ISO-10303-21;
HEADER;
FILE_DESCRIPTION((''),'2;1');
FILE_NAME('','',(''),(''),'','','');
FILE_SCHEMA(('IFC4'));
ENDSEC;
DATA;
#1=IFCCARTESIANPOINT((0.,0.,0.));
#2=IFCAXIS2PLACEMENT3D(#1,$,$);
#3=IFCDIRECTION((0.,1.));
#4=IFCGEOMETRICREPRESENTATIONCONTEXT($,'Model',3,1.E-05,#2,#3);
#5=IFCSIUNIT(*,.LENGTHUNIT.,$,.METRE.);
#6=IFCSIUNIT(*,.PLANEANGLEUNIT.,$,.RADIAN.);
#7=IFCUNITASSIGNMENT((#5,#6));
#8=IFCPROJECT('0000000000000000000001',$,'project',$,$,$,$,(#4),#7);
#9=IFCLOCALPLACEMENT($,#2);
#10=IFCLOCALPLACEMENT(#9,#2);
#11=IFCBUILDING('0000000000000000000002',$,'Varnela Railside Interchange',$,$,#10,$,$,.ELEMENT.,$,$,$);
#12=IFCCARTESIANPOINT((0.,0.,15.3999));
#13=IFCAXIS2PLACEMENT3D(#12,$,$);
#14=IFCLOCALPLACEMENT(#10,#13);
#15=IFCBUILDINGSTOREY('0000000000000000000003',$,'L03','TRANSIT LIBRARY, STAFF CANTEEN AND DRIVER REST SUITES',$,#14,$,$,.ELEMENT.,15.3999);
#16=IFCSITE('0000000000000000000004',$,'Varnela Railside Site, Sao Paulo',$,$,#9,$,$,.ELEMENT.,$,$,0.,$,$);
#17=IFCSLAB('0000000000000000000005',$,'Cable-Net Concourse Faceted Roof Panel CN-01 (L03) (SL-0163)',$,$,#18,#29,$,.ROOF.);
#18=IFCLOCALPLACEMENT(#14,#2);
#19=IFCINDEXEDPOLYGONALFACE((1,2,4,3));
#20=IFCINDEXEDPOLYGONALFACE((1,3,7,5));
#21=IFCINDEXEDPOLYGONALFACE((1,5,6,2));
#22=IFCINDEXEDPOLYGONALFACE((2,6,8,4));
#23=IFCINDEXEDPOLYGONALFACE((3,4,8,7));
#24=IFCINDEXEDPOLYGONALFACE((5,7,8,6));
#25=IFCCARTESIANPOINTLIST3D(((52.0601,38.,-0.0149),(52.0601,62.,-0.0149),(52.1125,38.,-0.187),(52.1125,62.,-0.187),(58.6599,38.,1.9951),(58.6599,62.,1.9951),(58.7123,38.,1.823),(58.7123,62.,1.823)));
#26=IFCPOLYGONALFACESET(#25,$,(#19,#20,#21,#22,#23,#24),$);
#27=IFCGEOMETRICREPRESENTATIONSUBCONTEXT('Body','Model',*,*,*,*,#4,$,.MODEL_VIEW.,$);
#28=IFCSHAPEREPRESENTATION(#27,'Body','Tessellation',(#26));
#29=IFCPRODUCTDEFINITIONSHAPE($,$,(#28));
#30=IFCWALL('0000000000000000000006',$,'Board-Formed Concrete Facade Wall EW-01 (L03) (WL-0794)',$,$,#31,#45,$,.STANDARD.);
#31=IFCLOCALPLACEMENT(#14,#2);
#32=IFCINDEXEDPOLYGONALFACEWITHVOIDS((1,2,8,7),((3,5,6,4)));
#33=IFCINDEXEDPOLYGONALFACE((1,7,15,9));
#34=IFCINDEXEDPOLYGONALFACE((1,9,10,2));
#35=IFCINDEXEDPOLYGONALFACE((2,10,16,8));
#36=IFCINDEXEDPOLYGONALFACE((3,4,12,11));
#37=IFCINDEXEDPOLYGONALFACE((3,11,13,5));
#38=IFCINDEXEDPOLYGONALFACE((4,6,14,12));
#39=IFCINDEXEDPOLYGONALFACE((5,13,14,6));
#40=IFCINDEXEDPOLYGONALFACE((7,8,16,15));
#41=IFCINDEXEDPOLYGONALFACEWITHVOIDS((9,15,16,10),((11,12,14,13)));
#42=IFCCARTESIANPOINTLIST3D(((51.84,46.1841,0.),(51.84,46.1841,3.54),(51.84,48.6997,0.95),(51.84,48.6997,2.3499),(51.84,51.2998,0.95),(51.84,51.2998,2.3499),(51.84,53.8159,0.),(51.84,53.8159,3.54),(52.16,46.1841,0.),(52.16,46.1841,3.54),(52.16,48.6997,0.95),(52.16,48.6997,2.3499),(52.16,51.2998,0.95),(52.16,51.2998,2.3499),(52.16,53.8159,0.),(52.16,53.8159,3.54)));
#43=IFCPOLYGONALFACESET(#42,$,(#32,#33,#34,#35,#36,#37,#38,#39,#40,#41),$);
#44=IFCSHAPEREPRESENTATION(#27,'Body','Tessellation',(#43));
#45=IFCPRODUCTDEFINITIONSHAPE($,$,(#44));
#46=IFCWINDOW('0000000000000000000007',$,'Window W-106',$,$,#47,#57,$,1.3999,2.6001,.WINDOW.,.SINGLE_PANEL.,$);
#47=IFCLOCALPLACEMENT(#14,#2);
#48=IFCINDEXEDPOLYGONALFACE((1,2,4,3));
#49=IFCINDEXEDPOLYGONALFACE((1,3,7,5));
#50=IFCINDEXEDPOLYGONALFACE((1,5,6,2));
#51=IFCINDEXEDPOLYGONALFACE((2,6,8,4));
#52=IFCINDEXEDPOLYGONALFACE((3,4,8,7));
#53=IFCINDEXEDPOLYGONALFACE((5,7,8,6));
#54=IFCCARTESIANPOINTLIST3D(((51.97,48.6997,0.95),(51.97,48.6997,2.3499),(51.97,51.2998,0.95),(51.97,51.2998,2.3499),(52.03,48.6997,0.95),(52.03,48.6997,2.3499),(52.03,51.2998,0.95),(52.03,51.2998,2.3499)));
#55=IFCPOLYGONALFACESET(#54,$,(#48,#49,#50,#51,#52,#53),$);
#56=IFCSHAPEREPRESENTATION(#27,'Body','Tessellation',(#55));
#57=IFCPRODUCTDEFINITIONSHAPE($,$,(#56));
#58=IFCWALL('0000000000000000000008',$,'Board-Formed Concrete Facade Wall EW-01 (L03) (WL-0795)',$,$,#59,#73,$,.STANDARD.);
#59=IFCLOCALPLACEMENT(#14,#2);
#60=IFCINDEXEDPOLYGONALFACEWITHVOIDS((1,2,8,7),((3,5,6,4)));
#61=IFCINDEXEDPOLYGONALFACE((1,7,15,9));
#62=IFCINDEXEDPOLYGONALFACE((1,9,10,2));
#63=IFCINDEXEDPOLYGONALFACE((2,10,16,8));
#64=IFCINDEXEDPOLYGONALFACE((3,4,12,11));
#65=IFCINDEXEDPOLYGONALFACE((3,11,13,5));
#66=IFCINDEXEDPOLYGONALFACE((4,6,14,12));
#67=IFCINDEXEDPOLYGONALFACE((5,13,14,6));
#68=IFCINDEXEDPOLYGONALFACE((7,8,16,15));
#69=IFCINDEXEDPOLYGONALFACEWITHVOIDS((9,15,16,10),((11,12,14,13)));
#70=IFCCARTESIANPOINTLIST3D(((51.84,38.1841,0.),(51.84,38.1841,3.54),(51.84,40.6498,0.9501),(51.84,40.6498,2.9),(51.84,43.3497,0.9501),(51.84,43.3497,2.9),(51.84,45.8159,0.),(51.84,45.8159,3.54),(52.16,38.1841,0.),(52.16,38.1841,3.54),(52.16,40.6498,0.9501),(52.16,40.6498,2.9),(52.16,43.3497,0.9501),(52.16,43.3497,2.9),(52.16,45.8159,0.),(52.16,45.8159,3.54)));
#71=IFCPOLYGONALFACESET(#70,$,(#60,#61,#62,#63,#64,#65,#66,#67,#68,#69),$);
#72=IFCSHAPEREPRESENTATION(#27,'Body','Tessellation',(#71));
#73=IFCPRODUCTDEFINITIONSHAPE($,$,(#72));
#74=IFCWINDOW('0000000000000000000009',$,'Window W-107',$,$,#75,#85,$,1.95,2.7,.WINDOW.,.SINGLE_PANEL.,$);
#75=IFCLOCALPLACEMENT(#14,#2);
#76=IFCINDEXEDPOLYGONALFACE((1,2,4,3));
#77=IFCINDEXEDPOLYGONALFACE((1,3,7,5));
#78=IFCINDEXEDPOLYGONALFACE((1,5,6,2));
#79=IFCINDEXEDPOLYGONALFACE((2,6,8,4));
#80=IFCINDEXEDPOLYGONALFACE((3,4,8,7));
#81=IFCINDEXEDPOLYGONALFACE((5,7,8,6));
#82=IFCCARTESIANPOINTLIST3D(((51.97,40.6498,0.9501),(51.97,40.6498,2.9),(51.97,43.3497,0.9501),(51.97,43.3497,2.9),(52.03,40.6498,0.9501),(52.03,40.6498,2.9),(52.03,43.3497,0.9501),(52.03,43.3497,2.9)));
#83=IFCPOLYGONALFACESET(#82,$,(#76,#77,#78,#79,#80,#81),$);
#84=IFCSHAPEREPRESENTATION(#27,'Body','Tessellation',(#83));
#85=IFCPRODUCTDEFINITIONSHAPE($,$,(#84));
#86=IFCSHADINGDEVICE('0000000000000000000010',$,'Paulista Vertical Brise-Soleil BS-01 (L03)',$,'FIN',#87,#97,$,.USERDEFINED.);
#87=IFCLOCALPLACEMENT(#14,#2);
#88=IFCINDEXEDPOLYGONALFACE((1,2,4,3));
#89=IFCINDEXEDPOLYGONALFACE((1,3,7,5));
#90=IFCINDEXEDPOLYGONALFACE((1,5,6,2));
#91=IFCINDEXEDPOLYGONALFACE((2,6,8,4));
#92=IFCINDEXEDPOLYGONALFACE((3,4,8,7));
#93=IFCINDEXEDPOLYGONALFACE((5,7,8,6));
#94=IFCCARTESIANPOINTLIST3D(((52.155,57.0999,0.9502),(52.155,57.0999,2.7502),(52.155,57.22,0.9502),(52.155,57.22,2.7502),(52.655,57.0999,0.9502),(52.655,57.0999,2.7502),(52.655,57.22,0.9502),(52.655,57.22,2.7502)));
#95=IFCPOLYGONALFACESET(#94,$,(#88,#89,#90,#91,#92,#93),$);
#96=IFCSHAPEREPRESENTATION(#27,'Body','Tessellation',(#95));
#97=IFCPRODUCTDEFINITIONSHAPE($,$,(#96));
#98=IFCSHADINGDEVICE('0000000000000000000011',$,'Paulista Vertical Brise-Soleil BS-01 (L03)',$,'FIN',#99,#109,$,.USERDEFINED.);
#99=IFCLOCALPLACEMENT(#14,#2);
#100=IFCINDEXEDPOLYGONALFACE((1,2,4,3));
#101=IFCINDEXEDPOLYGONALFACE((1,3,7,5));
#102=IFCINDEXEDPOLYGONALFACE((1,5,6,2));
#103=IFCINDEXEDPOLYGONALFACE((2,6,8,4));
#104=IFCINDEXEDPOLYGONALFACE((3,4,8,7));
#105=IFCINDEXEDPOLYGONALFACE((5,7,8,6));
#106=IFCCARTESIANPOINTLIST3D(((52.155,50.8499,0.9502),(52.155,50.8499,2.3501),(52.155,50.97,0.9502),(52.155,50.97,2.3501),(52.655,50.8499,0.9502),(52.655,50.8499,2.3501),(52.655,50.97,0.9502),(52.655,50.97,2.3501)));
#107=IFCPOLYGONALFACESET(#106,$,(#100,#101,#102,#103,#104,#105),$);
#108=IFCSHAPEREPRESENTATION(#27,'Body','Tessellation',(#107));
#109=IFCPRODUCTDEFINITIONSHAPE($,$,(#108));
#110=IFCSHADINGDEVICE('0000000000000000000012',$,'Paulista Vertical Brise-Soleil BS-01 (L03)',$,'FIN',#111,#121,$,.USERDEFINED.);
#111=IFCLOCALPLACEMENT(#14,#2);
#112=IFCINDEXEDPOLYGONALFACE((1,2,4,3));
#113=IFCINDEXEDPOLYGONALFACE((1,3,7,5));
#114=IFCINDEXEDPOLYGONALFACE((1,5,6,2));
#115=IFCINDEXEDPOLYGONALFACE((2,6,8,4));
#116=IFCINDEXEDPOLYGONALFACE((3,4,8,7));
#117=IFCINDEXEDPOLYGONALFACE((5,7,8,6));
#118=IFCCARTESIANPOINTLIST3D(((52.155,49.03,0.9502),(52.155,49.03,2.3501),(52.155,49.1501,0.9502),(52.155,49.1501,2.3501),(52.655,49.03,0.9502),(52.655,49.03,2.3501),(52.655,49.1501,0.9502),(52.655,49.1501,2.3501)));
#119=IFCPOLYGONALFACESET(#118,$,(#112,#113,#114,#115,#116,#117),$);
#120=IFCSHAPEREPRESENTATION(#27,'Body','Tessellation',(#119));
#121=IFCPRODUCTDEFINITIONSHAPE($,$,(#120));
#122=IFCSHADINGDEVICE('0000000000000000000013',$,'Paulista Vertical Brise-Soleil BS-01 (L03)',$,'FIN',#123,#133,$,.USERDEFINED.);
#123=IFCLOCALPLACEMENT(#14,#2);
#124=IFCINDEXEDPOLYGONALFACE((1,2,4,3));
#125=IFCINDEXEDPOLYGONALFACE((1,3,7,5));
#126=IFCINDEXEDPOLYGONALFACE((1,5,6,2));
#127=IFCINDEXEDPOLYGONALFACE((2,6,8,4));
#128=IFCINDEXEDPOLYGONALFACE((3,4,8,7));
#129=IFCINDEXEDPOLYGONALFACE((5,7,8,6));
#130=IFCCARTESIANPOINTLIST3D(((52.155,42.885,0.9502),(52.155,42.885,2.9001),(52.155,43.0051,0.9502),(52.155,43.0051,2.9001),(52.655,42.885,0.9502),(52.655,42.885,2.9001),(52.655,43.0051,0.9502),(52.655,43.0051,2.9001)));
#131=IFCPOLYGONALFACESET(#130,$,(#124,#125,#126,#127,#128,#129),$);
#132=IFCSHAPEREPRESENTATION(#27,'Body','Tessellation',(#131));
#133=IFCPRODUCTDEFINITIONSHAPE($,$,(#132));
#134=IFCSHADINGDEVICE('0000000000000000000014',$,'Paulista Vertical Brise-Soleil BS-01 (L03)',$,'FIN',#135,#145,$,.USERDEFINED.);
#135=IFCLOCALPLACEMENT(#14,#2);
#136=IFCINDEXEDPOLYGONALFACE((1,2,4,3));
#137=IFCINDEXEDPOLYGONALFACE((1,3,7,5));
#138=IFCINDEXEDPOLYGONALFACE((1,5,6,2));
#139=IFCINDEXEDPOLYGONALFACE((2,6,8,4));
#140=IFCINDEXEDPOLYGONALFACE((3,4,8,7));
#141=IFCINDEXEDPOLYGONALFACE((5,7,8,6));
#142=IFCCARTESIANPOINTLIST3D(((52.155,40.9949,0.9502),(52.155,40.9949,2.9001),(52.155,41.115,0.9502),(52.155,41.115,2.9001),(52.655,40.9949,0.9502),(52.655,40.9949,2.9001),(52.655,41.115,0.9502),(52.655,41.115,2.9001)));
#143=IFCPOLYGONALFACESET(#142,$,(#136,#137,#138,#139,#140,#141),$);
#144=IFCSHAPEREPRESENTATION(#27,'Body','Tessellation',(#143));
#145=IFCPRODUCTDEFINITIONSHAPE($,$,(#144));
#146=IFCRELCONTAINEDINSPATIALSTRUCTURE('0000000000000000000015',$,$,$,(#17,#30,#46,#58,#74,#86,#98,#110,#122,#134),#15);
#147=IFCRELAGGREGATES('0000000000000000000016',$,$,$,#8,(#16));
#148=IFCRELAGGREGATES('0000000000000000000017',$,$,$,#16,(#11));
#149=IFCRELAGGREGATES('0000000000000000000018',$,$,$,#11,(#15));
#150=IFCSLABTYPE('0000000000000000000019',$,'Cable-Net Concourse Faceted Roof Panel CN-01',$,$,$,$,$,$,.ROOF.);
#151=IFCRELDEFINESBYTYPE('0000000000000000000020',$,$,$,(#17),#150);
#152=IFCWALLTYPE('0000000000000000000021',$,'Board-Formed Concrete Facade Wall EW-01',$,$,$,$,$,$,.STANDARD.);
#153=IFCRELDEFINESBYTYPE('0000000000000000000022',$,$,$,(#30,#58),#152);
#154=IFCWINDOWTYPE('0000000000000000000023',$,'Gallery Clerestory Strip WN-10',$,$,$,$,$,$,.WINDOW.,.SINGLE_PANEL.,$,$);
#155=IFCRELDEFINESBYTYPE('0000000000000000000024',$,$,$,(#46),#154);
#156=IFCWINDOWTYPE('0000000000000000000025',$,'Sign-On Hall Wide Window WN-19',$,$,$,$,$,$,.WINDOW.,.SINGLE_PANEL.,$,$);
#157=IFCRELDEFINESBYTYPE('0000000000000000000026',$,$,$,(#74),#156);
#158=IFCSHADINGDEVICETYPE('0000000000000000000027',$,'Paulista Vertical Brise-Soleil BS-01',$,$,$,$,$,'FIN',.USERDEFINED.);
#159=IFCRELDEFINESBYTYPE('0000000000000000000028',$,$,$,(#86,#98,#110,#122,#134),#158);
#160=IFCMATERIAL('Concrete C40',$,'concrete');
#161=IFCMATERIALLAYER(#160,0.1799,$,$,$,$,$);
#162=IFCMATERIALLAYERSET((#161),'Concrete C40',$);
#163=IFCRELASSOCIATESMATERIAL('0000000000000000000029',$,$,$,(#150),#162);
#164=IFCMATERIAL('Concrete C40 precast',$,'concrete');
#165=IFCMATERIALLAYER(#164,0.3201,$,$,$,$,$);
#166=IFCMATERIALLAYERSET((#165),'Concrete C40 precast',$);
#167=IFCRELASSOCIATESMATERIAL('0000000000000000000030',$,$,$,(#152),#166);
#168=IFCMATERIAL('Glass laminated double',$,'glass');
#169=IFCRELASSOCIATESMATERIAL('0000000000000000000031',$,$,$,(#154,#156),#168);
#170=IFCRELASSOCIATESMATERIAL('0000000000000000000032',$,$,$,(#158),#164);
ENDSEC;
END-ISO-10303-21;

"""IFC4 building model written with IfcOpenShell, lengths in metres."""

from ifc_helpers import new_model, si_unit, direction, frame, frame_2d, origin, origin_2d, place, context, subcontext, project, spatial, polyline, rectangle, outline, extrude, material, layer, layer_set, type_object, element, fill, save


model = new_model("IFC4")

# Units and contexts
model_context = context("Model", 3, precision=1e-05, world=origin(), true_north=direction((0.0, 1.0)))
body_context = subcontext(model_context, "Body", "Model", "MODEL_VIEW")
ifc_project = project(units=[si_unit("LENGTHUNIT", "METRE"), si_unit("PLANEANGLEUNIT", "RADIAN")], contexts=[model_context])

# Site, building, storey
site_placement = place(None, origin())
site = spatial("IfcSite", under=ifc_project, at=site_placement, Name="Varnela Railside Site, Sao Paulo", CompositionType="ELEMENT", RefElevation=0.0)
building_placement = place(site_placement, origin())
building = spatial("IfcBuilding", under=site, at=building_placement, Name="Varnela Railside Interchange", CompositionType="ELEMENT")
storey_placement = place(building_placement, frame((0.0, 0.0, 15.3999)))
storey = spatial("IfcBuildingStorey", under=building, at=storey_placement, Name="L03", Description="TRANSIT LIBRARY, STAFF CANTEEN AND DRIVER REST SUITES", CompositionType="ELEMENT", Elevation=15.3999)

# Shared definitions
ifc_material_1 = material(Name="Concrete C40", Category="concrete")

# Slab
ifc_layer_1 = layer(ifc_material_1, 0.1799)
ifc_layer_set_1 = layer_set([ifc_layer_1], Name="Concrete C40")
slab_type = type_object("IfcSlabType", Name="Cable-Net Concourse Faceted Roof Panel CN-01", PredefinedType="ROOF", material=ifc_layer_set_1)
slab_placement = place(storey_placement, frame((52.0601, 38.0, -0.0149), z_axis=(-0.291342, 0.0, 0.956619), x_axis=(0.956619, 0.0, 0.291342)))
element("IfcSlab", 1, at=slab_placement, inside=storey, type_object=slab_type, Name="Cable-Net Concourse Faceted Roof Panel CN-01 (L03) (SL-0163)", PredefinedType="ROOF", context=body_context, shape_type="SweptSolid", body=[
    extrude(outline(polyline([(0.0, 0.0), (6.8991, 0.0), (6.8991, 24.0), (0.0, 24.0), (0.0, 0.0)])), origin(), (0.0, 0.0, -1.0), 0.1799),
])

# Walls, openings, windows
ifc_material_2 = material(Name="Concrete C40 precast", Category="concrete")
ifc_layer_2 = layer(ifc_material_2, 0.3201)
ifc_layer_set_2 = layer_set([ifc_layer_2], Name="Concrete C40 precast")
wall_type = type_object("IfcWallType", Name="Board-Formed Concrete Facade Wall EW-01", PredefinedType="STANDARD", material=ifc_layer_set_2)
wall_1_placement = place(storey_placement, frame((52.0, 53.8159, 0.0), z_axis=(0.0, 0.0, 1.0), x_axis=(0.0, -1.0, 0.0)))
wall_1 = element("IfcWall", 2, at=wall_1_placement, inside=storey, type_object=wall_type, Name="Board-Formed Concrete Facade Wall EW-01 (L03) (WL-0794)", PredefinedType="STANDARD", context=body_context, shape_type="SweptSolid", body=[
    extrude(rectangle(XDim=7.6318, YDim=0.3201, at=frame_2d((3.8159, 0.0))), origin(), (0.0, 0.0, 1.0), 3.54),
])
opening_1_placement = place(wall_1_placement, frame((2.5161, 0.0, 0.95)))
opening_1 = element("IfcOpeningElement", 3, at=opening_1_placement, cuts=wall_1, PredefinedType="OPENING", context=body_context, shape_type="SweptSolid", body=[
    extrude(rectangle(XDim=2.6001, YDim=1.3999, at=frame_2d((1.3, 0.7))), frame((0.0, 0.1699, 0.0), z_axis=(0.0, -1.0, 0.0), x_axis=(1.0, 0.0, 0.0)), (0.0, 0.0, 1.0), 0.3401),
])
ifc_material_3 = material(Name="Glass laminated double", Category="glass")
window_type_1 = type_object("IfcWindowType", Name="Gallery Clerestory Strip WN-10", PartitioningType="SINGLE_PANEL", PredefinedType="WINDOW", material=ifc_material_3)
window_1_placement = place(opening_1_placement, origin())
window_1 = element("IfcWindow", 4, at=window_1_placement, inside=storey, type_object=window_type_1, Name="Window W-106", OverallHeight=1.3999, OverallWidth=2.6001, PartitioningType="SINGLE_PANEL", PredefinedType="WINDOW", context=body_context, shape_type="SweptSolid", body=[
    extrude(rectangle(XDim=2.6001, YDim=1.3999, at=frame_2d((1.3, 0.7))), frame((0.0, 0.03, 0.0), z_axis=(0.0, -1.0, 0.0), x_axis=(1.0, 0.0, 0.0)), (0.0, 0.0, 1.0), 0.0601),
])
fill(opening_1, window_1)
wall_2_placement = place(storey_placement, frame((52.0, 45.8159, 0.0), z_axis=(0.0, 0.0, 1.0), x_axis=(0.0, -1.0, 0.0)))
wall_2 = element("IfcWall", 5, at=wall_2_placement, inside=storey, type_object=wall_type, Name="Board-Formed Concrete Facade Wall EW-01 (L03) (WL-0795)", PredefinedType="STANDARD", context=body_context, shape_type="SweptSolid", body=[
    extrude(rectangle(XDim=7.6318, YDim=0.3201, at=frame_2d((3.8159, 0.0))), origin(), (0.0, 0.0, 1.0), 3.54),
])
opening_2_placement = place(wall_2_placement, frame((2.4661, 0.0, 0.95)))
opening_2 = element("IfcOpeningElement", 6, at=opening_2_placement, cuts=wall_2, PredefinedType="OPENING", context=body_context, shape_type="SweptSolid", body=[
    extrude(rectangle(XDim=2.7, YDim=1.95, at=frame_2d((1.3501, 0.9751))), frame((0.0, 0.1699, 0.0), z_axis=(0.0, -1.0, 0.0), x_axis=(1.0, 0.0, 0.0)), (0.0, 0.0, 1.0), 0.3401),
])
window_type_2 = type_object("IfcWindowType", Name="Sign-On Hall Wide Window WN-19", PartitioningType="SINGLE_PANEL", PredefinedType="WINDOW", material=ifc_material_3)
window_2_placement = place(opening_2_placement, origin())
window_2 = element("IfcWindow", 7, at=window_2_placement, inside=storey, type_object=window_type_2, Name="Window W-107", OverallHeight=1.95, OverallWidth=2.7, PartitioningType="SINGLE_PANEL", PredefinedType="WINDOW", context=body_context, shape_type="SweptSolid", body=[
    extrude(rectangle(XDim=2.7, YDim=1.95, at=frame_2d((1.3501, 0.9751))), frame((0.0, 0.03, 0.0), z_axis=(0.0, -1.0, 0.0), x_axis=(1.0, 0.0, 0.0)), (0.0, 0.0, 1.0), 0.0601),
])
fill(opening_2, window_2)

# Shading devices
shading_device_type = type_object("IfcShadingDeviceType", Name="Paulista Vertical Brise-Soleil BS-01", ElementType="FIN", PredefinedType="USERDEFINED", material=ifc_material_2)
shading_device_placement = place(storey_placement, frame((52.405, 57.1599, 0.9502), z_axis=(0.0, 0.0, 1.0), x_axis=(1.0, 0.0, 0.0)))
element("IfcShadingDevice", 8, at=shading_device_placement, inside=storey, type_object=shading_device_type, Name="Paulista Vertical Brise-Soleil BS-01 (L03)", ObjectType="FIN", PredefinedType="USERDEFINED", context=body_context, shape_type="SweptSolid", body=[
    extrude(rectangle(XDim=0.5, YDim=0.1201, at=origin_2d()), origin(), (0.0, 0.0, 1.0), 1.8),
])
for number, where, z_axis, x_axis, name in (
    (9, (52.405, 50.9099, 0.9502), (0.0, 0.0, 1.0), (1.0, 0.0, 0.0), "Paulista Vertical Brise-Soleil BS-01 (L03)"),
    (10, (52.405, 49.0901, 0.9502), (0.0, 0.0, 1.0), (1.0, 0.0, 0.0), "Paulista Vertical Brise-Soleil BS-01 (L03)"),
):
    element("IfcShadingDevice", number, at=place(storey_placement, frame(where, z_axis=z_axis, x_axis=x_axis)), inside=storey, type_object=shading_device_type, Name=name, ObjectType="FIN", PredefinedType="USERDEFINED", context=body_context, shape_type="SweptSolid", body=[
        extrude(rectangle(XDim=0.5, YDim=0.1201, at=origin_2d()), origin(), (0.0, 0.0, 1.0), 1.3999),
    ])
for number, where, z_axis, x_axis, name in (
    (11, (52.405, 42.9451, 0.9502), (0.0, 0.0, 1.0), (1.0, 0.0, 0.0), "Paulista Vertical Brise-Soleil BS-01 (L03)"),
    (12, (52.405, 41.0549, 0.9502), (0.0, 0.0, 1.0), (1.0, 0.0, 0.0), "Paulista Vertical Brise-Soleil BS-01 (L03)"),
):
    element("IfcShadingDevice", number, at=place(storey_placement, frame(where, z_axis=z_axis, x_axis=x_axis)), inside=storey, type_object=shading_device_type, Name=name, ObjectType="FIN", PredefinedType="USERDEFINED", context=body_context, shape_type="SweptSolid", body=[
        extrude(rectangle(XDim=0.5, YDim=0.1201, at=origin_2d()), origin(), (0.0, 0.0, 1.0), 1.95),
    ])

save(model, "model.ifc")
